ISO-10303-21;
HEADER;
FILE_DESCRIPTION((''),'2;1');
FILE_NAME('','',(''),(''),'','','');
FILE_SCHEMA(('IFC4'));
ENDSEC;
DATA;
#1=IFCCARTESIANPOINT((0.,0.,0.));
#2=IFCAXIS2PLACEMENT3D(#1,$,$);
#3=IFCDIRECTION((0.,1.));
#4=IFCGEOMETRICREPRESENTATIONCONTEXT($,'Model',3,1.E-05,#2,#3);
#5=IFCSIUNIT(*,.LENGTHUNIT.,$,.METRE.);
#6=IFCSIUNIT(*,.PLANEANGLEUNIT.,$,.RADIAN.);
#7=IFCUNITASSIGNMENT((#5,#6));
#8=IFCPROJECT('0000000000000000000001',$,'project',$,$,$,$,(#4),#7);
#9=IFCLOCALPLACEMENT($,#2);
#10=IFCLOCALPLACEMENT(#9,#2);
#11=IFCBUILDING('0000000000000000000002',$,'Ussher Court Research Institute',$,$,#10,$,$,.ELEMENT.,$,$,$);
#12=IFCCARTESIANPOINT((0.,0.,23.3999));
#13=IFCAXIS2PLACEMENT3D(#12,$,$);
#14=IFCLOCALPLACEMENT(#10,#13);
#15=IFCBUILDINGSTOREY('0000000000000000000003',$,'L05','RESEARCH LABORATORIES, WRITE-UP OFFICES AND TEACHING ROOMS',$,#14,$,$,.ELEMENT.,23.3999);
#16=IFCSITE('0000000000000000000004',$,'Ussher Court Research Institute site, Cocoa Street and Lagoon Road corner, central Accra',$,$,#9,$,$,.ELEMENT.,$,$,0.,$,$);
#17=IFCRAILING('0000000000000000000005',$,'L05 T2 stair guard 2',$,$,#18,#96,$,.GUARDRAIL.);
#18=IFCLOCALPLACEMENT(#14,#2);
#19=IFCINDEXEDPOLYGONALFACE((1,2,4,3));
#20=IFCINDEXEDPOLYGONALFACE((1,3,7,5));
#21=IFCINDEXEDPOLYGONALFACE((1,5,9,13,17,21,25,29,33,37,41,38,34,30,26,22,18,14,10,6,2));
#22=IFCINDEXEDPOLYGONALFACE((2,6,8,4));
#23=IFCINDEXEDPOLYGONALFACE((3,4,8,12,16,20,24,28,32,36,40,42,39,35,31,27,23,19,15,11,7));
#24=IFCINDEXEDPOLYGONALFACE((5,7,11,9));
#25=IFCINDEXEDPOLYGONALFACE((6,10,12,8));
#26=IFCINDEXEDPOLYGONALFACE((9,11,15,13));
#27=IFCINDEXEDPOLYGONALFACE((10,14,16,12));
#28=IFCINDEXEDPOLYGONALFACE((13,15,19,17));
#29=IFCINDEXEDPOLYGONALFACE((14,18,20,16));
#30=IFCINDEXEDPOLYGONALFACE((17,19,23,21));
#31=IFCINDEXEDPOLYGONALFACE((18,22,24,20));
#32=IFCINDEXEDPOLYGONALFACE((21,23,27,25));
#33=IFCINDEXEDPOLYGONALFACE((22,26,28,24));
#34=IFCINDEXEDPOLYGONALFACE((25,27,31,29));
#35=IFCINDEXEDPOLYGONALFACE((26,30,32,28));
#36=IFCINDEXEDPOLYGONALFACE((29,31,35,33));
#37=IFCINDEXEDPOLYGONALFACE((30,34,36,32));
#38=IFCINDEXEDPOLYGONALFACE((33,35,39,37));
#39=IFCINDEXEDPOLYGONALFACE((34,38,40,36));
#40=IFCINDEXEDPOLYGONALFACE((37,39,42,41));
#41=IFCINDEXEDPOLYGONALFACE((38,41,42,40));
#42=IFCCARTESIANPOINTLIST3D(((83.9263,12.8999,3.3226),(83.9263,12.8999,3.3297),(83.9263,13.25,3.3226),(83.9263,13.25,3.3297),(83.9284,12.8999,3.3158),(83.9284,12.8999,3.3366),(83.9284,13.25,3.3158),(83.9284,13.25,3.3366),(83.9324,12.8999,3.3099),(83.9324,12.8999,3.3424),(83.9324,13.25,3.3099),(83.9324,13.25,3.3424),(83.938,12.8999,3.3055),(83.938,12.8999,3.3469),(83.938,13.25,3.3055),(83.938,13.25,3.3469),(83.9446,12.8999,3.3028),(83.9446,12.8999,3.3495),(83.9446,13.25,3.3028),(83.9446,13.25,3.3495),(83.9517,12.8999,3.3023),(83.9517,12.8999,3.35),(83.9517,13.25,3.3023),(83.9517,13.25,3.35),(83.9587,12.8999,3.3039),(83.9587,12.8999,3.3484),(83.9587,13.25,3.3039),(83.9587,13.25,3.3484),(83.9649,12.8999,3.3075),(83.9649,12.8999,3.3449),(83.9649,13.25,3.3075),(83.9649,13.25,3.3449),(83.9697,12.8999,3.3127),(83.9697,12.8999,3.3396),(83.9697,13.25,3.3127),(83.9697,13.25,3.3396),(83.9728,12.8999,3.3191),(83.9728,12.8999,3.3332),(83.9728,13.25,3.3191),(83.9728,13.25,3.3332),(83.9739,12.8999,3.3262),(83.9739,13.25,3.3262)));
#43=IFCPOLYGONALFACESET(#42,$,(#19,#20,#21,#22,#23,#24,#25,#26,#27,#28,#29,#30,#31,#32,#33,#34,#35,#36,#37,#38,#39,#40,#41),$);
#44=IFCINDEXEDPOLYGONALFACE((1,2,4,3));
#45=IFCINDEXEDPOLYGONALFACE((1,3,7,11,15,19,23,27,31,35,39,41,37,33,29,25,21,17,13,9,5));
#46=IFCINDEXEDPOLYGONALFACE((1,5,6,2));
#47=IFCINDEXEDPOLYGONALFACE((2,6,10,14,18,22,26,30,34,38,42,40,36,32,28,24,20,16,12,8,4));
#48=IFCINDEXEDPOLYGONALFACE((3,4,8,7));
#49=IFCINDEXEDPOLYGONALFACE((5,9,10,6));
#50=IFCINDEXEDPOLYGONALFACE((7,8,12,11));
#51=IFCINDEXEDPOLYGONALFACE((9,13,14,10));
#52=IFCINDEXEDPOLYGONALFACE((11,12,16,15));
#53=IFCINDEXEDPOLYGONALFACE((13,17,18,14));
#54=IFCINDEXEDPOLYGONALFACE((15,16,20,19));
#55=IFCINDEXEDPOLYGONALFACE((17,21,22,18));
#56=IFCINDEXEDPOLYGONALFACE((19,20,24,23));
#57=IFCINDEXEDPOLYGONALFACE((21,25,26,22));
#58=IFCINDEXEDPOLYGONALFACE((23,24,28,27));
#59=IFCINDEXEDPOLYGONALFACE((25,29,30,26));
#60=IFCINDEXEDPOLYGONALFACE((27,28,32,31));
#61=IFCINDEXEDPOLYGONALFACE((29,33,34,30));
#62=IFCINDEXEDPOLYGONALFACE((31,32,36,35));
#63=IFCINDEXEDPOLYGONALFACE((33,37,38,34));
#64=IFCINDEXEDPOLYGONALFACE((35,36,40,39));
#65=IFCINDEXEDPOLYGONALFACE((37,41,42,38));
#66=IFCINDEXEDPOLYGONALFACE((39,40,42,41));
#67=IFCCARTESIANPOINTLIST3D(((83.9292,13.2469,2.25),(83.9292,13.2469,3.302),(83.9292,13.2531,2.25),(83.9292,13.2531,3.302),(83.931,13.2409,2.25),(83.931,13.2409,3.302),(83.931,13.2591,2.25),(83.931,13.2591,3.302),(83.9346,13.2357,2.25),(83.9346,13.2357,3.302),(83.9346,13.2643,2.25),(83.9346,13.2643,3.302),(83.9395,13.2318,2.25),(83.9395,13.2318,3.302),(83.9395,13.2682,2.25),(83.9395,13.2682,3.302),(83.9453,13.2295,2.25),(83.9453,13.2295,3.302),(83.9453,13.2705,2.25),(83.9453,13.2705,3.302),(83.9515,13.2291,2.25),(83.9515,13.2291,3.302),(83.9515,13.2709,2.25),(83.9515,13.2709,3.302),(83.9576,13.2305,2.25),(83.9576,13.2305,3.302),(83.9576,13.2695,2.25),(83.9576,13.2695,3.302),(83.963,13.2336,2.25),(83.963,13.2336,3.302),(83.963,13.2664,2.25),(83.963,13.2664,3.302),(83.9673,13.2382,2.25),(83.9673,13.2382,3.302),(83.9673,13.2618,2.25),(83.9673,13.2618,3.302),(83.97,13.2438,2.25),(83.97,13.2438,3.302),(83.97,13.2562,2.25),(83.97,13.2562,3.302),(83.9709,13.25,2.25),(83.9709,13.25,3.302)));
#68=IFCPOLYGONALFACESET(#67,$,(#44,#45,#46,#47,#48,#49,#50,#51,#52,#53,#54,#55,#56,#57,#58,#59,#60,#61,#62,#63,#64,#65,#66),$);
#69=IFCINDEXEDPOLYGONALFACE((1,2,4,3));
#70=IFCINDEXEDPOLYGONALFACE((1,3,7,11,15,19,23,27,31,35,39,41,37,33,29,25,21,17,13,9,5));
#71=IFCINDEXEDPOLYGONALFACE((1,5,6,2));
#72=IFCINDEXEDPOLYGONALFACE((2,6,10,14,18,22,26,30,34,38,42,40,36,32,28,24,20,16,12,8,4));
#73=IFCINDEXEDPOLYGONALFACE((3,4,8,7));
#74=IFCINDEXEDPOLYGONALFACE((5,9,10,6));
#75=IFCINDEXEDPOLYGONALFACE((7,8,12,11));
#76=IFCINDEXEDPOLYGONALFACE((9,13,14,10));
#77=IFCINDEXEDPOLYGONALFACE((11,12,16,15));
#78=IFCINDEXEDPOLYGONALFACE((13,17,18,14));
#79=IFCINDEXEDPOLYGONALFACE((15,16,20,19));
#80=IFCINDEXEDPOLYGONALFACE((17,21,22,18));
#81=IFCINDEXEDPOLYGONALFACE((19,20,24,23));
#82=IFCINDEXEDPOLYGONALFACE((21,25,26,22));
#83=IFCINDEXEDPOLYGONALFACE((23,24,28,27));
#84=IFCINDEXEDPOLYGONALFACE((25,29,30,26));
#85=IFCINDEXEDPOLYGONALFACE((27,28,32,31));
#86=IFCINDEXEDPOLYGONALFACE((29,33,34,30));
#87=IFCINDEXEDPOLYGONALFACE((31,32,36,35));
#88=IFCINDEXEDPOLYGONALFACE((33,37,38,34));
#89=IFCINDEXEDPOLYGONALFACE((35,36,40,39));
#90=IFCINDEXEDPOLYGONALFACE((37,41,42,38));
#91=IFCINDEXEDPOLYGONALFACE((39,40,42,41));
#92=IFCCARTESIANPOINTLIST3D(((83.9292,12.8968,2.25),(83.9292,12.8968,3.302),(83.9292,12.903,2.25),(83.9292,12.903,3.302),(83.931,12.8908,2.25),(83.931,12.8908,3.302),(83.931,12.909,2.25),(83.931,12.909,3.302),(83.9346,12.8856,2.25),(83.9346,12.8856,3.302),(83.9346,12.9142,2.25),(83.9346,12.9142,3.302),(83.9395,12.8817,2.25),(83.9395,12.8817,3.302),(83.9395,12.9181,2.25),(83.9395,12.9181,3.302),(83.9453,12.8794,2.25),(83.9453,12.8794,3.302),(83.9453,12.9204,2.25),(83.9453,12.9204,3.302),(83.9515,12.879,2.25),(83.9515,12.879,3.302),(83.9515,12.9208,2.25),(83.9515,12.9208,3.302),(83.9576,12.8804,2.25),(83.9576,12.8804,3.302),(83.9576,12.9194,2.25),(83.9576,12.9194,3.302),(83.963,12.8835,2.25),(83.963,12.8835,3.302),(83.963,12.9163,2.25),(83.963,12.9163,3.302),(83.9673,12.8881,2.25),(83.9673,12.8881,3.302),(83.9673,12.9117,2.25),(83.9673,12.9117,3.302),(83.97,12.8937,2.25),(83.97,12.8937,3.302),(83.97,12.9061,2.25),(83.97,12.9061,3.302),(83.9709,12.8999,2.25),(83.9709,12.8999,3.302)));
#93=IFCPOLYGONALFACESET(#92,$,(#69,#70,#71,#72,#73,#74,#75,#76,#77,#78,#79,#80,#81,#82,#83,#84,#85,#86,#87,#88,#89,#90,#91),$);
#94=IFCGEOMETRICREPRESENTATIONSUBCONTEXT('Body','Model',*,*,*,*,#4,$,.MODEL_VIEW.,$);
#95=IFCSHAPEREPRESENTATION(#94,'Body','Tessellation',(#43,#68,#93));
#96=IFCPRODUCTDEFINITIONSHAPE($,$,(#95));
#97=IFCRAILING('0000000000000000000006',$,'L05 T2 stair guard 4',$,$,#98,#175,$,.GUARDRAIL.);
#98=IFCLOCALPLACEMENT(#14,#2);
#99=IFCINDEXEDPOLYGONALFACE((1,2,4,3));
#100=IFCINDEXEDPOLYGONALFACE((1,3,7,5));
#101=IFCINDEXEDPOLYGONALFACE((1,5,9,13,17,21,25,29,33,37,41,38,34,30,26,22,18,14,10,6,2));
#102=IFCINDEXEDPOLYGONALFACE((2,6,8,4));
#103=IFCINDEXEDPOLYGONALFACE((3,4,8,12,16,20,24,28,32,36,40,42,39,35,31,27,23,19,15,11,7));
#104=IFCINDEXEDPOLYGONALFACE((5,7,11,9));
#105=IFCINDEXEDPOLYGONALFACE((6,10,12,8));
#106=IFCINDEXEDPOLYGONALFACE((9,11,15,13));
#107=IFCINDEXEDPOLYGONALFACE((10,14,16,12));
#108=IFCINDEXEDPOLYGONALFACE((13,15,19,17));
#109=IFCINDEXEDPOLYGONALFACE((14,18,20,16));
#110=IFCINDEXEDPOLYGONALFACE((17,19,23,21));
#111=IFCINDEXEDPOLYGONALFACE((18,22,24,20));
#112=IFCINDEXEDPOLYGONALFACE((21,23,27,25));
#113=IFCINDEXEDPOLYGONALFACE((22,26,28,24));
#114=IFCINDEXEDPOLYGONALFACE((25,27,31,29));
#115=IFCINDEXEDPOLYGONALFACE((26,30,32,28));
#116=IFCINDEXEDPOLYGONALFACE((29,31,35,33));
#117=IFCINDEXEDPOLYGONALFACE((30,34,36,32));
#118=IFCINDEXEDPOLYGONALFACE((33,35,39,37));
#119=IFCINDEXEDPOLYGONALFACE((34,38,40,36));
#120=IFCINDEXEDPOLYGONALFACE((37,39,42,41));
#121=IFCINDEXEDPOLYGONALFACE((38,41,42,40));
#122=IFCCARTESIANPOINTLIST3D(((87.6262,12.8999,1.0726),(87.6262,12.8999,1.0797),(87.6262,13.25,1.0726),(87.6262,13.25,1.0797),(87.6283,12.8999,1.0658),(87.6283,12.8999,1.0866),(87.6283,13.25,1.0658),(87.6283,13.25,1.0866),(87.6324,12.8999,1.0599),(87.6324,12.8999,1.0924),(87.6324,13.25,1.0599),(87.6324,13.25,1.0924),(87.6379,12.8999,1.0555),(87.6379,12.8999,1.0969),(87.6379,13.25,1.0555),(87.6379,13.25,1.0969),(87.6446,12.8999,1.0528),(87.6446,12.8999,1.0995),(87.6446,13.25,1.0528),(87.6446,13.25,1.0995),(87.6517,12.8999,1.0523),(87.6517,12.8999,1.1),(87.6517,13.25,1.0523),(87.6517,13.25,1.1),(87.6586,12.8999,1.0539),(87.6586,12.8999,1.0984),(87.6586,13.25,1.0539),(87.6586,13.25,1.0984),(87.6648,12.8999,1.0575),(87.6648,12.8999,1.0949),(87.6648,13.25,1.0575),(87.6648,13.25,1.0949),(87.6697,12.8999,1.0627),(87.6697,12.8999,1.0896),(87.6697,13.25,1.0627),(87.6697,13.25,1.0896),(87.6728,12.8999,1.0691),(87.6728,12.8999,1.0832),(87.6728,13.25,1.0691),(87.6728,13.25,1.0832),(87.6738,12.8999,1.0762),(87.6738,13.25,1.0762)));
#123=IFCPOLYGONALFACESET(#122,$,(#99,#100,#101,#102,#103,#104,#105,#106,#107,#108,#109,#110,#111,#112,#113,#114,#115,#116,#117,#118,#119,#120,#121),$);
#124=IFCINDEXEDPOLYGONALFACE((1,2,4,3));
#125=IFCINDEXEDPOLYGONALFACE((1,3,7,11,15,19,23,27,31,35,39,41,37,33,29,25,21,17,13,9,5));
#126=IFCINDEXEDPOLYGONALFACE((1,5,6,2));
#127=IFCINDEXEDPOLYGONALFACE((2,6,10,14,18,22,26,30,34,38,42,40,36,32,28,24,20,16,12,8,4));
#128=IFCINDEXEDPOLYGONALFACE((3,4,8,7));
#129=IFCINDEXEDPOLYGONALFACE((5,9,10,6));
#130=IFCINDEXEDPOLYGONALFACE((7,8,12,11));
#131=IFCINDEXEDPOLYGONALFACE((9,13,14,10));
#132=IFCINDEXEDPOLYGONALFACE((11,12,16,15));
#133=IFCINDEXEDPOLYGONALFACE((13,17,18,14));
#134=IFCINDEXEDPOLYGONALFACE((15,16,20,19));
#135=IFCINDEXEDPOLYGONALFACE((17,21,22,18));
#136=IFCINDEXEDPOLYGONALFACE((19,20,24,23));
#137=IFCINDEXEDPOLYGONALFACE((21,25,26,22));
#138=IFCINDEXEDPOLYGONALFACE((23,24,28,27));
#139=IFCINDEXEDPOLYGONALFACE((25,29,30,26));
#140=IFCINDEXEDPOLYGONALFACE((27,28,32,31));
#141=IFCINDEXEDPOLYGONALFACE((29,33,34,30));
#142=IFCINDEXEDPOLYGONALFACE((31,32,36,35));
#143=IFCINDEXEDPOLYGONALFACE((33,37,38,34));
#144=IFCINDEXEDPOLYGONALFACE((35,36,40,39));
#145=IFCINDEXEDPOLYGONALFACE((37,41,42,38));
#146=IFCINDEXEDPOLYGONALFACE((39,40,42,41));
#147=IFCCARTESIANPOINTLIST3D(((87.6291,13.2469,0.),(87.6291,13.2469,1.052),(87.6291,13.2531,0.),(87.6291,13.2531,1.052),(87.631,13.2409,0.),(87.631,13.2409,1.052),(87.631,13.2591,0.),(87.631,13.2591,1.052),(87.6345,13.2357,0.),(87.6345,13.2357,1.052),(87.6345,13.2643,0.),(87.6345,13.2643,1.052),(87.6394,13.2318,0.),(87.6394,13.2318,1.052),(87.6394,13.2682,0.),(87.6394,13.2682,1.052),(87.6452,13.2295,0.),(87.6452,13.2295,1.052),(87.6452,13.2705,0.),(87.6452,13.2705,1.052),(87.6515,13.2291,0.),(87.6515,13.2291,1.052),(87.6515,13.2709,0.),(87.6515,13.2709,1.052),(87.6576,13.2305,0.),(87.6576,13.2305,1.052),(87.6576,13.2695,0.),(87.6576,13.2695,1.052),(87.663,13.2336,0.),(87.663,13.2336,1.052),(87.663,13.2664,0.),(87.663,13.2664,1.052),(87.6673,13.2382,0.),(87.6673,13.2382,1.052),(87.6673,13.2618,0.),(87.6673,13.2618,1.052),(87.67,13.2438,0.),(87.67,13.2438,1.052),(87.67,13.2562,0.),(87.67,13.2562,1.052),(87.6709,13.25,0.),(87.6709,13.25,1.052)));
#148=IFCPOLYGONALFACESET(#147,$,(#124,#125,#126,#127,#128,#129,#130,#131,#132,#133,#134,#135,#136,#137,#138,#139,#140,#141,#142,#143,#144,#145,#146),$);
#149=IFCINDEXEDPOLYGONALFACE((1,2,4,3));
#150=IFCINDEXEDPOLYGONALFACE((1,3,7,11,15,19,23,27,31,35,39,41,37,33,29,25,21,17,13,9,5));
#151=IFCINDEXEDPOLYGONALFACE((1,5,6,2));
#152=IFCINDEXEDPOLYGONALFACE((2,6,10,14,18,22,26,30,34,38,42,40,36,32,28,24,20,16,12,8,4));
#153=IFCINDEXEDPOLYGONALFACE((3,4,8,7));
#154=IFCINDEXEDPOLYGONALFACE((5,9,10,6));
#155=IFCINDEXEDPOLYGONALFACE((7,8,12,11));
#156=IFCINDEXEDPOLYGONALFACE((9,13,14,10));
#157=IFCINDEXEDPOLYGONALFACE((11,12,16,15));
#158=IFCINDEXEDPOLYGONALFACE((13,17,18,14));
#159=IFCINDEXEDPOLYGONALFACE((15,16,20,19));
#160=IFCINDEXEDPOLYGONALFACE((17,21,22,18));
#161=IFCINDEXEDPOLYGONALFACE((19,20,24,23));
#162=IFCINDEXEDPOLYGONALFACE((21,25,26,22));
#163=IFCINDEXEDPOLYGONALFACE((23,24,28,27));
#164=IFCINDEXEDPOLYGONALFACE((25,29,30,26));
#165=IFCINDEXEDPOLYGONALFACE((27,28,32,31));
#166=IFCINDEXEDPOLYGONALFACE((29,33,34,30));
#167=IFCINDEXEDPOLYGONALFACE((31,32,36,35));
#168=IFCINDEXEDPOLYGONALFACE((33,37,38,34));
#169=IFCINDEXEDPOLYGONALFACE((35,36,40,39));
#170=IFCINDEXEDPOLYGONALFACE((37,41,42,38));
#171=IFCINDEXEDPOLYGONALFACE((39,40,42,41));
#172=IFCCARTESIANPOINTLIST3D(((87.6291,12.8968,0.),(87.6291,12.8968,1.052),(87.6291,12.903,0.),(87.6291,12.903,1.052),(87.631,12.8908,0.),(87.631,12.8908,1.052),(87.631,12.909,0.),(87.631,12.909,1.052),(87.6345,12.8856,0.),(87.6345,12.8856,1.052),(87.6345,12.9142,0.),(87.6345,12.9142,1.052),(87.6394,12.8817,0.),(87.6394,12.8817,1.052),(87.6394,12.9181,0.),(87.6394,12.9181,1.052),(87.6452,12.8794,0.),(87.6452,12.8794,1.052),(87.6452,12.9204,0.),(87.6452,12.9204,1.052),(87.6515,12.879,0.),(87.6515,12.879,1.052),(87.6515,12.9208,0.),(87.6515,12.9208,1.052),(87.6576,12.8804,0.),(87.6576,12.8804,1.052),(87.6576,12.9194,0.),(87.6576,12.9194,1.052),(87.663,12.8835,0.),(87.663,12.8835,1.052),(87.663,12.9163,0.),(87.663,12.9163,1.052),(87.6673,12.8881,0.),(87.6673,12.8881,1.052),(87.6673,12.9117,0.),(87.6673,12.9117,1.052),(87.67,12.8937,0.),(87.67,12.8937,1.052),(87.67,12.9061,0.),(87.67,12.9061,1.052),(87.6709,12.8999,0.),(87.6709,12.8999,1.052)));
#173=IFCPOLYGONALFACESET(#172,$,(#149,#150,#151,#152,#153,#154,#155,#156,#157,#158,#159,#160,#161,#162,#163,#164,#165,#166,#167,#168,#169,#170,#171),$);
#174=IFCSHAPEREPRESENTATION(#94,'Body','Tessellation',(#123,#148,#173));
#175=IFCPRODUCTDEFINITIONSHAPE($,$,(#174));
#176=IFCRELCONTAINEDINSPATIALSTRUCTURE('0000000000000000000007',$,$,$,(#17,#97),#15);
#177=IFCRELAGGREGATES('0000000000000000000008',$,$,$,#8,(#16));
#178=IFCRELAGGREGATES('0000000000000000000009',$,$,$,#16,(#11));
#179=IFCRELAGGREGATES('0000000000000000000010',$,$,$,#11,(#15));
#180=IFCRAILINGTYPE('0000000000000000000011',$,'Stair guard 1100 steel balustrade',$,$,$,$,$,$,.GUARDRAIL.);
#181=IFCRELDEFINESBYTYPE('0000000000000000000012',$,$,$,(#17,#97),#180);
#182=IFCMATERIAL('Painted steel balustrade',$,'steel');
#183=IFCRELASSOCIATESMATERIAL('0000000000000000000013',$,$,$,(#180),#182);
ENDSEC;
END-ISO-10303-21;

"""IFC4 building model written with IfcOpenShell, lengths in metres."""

from ifc_helpers import new_model, si_unit, direction, frame, origin, origin_2d, place, context, subcontext, project, spatial, circle, extrude, material, type_object, element, save


model = new_model("IFC4")

# Units and contexts
model_context = context("Model", 3, precision=1e-05, world=origin(), true_north=direction((0.0, 1.0)))
body_context = subcontext(model_context, "Body", "Model", "MODEL_VIEW")
ifc_project = project(units=[si_unit("LENGTHUNIT", "METRE"), si_unit("PLANEANGLEUNIT", "RADIAN")], contexts=[model_context])

# Site, building, storey
site_placement = place(None, origin())
site = spatial("IfcSite", under=ifc_project, at=site_placement, Name="Ussher Court Research Institute site, Cocoa Street and Lagoon Road corner, central Accra", CompositionType="ELEMENT", RefElevation=0.0)
building_placement = place(site_placement, origin())
building = spatial("IfcBuilding", under=site, at=building_placement, Name="Ussher Court Research Institute", CompositionType="ELEMENT")
storey_placement = place(building_placement, frame((0.0, 0.0, 23.3999)))
storey = spatial("IfcBuildingStorey", under=building, at=storey_placement, Name="L05", Description="RESEARCH LABORATORIES, WRITE-UP OFFICES AND TEACHING ROOMS", CompositionType="ELEMENT", Elevation=23.3999)

# Railings
ifc_material_1 = material(Name="Painted steel balustrade", Category="steel")
railing_type_1 = type_object("IfcRailingType", Name="Stair guard 1100 steel balustrade", PredefinedType="GUARDRAIL", material=ifc_material_1)
for number, where, name in (
    (1, (83.95, 13.25, 2.25), "L05 T2 stair guard 2"),
    (2, (87.6499, 13.25, 0.0), "L05 T2 stair guard 4"),
):
    element("IfcRailing", number, at=place(storey_placement, frame(where)), inside=storey, type_object=railing_type_1, Name=name, PredefinedType="GUARDRAIL", context=body_context, shape_type="SweptSolid", body=[
        extrude(circle(Radius=0.0239, at=origin_2d()), frame((0.0, 0.0, 1.0762), z_axis=(0.0, -1.0, 0.0), x_axis=(1.0, 0.0, 0.0)), (0.0, 0.0, 1.0), 0.3501),
        extrude(circle(Radius=0.021, at=origin_2d()), origin(), (0.0, 0.0, 1.0), 1.052),
        extrude(circle(Radius=0.021, at=origin_2d()), frame((0.0, -0.3501, 0.0)), (0.0, 0.0, 1.0), 1.052),
    ])

save(model, "model.ifc")
